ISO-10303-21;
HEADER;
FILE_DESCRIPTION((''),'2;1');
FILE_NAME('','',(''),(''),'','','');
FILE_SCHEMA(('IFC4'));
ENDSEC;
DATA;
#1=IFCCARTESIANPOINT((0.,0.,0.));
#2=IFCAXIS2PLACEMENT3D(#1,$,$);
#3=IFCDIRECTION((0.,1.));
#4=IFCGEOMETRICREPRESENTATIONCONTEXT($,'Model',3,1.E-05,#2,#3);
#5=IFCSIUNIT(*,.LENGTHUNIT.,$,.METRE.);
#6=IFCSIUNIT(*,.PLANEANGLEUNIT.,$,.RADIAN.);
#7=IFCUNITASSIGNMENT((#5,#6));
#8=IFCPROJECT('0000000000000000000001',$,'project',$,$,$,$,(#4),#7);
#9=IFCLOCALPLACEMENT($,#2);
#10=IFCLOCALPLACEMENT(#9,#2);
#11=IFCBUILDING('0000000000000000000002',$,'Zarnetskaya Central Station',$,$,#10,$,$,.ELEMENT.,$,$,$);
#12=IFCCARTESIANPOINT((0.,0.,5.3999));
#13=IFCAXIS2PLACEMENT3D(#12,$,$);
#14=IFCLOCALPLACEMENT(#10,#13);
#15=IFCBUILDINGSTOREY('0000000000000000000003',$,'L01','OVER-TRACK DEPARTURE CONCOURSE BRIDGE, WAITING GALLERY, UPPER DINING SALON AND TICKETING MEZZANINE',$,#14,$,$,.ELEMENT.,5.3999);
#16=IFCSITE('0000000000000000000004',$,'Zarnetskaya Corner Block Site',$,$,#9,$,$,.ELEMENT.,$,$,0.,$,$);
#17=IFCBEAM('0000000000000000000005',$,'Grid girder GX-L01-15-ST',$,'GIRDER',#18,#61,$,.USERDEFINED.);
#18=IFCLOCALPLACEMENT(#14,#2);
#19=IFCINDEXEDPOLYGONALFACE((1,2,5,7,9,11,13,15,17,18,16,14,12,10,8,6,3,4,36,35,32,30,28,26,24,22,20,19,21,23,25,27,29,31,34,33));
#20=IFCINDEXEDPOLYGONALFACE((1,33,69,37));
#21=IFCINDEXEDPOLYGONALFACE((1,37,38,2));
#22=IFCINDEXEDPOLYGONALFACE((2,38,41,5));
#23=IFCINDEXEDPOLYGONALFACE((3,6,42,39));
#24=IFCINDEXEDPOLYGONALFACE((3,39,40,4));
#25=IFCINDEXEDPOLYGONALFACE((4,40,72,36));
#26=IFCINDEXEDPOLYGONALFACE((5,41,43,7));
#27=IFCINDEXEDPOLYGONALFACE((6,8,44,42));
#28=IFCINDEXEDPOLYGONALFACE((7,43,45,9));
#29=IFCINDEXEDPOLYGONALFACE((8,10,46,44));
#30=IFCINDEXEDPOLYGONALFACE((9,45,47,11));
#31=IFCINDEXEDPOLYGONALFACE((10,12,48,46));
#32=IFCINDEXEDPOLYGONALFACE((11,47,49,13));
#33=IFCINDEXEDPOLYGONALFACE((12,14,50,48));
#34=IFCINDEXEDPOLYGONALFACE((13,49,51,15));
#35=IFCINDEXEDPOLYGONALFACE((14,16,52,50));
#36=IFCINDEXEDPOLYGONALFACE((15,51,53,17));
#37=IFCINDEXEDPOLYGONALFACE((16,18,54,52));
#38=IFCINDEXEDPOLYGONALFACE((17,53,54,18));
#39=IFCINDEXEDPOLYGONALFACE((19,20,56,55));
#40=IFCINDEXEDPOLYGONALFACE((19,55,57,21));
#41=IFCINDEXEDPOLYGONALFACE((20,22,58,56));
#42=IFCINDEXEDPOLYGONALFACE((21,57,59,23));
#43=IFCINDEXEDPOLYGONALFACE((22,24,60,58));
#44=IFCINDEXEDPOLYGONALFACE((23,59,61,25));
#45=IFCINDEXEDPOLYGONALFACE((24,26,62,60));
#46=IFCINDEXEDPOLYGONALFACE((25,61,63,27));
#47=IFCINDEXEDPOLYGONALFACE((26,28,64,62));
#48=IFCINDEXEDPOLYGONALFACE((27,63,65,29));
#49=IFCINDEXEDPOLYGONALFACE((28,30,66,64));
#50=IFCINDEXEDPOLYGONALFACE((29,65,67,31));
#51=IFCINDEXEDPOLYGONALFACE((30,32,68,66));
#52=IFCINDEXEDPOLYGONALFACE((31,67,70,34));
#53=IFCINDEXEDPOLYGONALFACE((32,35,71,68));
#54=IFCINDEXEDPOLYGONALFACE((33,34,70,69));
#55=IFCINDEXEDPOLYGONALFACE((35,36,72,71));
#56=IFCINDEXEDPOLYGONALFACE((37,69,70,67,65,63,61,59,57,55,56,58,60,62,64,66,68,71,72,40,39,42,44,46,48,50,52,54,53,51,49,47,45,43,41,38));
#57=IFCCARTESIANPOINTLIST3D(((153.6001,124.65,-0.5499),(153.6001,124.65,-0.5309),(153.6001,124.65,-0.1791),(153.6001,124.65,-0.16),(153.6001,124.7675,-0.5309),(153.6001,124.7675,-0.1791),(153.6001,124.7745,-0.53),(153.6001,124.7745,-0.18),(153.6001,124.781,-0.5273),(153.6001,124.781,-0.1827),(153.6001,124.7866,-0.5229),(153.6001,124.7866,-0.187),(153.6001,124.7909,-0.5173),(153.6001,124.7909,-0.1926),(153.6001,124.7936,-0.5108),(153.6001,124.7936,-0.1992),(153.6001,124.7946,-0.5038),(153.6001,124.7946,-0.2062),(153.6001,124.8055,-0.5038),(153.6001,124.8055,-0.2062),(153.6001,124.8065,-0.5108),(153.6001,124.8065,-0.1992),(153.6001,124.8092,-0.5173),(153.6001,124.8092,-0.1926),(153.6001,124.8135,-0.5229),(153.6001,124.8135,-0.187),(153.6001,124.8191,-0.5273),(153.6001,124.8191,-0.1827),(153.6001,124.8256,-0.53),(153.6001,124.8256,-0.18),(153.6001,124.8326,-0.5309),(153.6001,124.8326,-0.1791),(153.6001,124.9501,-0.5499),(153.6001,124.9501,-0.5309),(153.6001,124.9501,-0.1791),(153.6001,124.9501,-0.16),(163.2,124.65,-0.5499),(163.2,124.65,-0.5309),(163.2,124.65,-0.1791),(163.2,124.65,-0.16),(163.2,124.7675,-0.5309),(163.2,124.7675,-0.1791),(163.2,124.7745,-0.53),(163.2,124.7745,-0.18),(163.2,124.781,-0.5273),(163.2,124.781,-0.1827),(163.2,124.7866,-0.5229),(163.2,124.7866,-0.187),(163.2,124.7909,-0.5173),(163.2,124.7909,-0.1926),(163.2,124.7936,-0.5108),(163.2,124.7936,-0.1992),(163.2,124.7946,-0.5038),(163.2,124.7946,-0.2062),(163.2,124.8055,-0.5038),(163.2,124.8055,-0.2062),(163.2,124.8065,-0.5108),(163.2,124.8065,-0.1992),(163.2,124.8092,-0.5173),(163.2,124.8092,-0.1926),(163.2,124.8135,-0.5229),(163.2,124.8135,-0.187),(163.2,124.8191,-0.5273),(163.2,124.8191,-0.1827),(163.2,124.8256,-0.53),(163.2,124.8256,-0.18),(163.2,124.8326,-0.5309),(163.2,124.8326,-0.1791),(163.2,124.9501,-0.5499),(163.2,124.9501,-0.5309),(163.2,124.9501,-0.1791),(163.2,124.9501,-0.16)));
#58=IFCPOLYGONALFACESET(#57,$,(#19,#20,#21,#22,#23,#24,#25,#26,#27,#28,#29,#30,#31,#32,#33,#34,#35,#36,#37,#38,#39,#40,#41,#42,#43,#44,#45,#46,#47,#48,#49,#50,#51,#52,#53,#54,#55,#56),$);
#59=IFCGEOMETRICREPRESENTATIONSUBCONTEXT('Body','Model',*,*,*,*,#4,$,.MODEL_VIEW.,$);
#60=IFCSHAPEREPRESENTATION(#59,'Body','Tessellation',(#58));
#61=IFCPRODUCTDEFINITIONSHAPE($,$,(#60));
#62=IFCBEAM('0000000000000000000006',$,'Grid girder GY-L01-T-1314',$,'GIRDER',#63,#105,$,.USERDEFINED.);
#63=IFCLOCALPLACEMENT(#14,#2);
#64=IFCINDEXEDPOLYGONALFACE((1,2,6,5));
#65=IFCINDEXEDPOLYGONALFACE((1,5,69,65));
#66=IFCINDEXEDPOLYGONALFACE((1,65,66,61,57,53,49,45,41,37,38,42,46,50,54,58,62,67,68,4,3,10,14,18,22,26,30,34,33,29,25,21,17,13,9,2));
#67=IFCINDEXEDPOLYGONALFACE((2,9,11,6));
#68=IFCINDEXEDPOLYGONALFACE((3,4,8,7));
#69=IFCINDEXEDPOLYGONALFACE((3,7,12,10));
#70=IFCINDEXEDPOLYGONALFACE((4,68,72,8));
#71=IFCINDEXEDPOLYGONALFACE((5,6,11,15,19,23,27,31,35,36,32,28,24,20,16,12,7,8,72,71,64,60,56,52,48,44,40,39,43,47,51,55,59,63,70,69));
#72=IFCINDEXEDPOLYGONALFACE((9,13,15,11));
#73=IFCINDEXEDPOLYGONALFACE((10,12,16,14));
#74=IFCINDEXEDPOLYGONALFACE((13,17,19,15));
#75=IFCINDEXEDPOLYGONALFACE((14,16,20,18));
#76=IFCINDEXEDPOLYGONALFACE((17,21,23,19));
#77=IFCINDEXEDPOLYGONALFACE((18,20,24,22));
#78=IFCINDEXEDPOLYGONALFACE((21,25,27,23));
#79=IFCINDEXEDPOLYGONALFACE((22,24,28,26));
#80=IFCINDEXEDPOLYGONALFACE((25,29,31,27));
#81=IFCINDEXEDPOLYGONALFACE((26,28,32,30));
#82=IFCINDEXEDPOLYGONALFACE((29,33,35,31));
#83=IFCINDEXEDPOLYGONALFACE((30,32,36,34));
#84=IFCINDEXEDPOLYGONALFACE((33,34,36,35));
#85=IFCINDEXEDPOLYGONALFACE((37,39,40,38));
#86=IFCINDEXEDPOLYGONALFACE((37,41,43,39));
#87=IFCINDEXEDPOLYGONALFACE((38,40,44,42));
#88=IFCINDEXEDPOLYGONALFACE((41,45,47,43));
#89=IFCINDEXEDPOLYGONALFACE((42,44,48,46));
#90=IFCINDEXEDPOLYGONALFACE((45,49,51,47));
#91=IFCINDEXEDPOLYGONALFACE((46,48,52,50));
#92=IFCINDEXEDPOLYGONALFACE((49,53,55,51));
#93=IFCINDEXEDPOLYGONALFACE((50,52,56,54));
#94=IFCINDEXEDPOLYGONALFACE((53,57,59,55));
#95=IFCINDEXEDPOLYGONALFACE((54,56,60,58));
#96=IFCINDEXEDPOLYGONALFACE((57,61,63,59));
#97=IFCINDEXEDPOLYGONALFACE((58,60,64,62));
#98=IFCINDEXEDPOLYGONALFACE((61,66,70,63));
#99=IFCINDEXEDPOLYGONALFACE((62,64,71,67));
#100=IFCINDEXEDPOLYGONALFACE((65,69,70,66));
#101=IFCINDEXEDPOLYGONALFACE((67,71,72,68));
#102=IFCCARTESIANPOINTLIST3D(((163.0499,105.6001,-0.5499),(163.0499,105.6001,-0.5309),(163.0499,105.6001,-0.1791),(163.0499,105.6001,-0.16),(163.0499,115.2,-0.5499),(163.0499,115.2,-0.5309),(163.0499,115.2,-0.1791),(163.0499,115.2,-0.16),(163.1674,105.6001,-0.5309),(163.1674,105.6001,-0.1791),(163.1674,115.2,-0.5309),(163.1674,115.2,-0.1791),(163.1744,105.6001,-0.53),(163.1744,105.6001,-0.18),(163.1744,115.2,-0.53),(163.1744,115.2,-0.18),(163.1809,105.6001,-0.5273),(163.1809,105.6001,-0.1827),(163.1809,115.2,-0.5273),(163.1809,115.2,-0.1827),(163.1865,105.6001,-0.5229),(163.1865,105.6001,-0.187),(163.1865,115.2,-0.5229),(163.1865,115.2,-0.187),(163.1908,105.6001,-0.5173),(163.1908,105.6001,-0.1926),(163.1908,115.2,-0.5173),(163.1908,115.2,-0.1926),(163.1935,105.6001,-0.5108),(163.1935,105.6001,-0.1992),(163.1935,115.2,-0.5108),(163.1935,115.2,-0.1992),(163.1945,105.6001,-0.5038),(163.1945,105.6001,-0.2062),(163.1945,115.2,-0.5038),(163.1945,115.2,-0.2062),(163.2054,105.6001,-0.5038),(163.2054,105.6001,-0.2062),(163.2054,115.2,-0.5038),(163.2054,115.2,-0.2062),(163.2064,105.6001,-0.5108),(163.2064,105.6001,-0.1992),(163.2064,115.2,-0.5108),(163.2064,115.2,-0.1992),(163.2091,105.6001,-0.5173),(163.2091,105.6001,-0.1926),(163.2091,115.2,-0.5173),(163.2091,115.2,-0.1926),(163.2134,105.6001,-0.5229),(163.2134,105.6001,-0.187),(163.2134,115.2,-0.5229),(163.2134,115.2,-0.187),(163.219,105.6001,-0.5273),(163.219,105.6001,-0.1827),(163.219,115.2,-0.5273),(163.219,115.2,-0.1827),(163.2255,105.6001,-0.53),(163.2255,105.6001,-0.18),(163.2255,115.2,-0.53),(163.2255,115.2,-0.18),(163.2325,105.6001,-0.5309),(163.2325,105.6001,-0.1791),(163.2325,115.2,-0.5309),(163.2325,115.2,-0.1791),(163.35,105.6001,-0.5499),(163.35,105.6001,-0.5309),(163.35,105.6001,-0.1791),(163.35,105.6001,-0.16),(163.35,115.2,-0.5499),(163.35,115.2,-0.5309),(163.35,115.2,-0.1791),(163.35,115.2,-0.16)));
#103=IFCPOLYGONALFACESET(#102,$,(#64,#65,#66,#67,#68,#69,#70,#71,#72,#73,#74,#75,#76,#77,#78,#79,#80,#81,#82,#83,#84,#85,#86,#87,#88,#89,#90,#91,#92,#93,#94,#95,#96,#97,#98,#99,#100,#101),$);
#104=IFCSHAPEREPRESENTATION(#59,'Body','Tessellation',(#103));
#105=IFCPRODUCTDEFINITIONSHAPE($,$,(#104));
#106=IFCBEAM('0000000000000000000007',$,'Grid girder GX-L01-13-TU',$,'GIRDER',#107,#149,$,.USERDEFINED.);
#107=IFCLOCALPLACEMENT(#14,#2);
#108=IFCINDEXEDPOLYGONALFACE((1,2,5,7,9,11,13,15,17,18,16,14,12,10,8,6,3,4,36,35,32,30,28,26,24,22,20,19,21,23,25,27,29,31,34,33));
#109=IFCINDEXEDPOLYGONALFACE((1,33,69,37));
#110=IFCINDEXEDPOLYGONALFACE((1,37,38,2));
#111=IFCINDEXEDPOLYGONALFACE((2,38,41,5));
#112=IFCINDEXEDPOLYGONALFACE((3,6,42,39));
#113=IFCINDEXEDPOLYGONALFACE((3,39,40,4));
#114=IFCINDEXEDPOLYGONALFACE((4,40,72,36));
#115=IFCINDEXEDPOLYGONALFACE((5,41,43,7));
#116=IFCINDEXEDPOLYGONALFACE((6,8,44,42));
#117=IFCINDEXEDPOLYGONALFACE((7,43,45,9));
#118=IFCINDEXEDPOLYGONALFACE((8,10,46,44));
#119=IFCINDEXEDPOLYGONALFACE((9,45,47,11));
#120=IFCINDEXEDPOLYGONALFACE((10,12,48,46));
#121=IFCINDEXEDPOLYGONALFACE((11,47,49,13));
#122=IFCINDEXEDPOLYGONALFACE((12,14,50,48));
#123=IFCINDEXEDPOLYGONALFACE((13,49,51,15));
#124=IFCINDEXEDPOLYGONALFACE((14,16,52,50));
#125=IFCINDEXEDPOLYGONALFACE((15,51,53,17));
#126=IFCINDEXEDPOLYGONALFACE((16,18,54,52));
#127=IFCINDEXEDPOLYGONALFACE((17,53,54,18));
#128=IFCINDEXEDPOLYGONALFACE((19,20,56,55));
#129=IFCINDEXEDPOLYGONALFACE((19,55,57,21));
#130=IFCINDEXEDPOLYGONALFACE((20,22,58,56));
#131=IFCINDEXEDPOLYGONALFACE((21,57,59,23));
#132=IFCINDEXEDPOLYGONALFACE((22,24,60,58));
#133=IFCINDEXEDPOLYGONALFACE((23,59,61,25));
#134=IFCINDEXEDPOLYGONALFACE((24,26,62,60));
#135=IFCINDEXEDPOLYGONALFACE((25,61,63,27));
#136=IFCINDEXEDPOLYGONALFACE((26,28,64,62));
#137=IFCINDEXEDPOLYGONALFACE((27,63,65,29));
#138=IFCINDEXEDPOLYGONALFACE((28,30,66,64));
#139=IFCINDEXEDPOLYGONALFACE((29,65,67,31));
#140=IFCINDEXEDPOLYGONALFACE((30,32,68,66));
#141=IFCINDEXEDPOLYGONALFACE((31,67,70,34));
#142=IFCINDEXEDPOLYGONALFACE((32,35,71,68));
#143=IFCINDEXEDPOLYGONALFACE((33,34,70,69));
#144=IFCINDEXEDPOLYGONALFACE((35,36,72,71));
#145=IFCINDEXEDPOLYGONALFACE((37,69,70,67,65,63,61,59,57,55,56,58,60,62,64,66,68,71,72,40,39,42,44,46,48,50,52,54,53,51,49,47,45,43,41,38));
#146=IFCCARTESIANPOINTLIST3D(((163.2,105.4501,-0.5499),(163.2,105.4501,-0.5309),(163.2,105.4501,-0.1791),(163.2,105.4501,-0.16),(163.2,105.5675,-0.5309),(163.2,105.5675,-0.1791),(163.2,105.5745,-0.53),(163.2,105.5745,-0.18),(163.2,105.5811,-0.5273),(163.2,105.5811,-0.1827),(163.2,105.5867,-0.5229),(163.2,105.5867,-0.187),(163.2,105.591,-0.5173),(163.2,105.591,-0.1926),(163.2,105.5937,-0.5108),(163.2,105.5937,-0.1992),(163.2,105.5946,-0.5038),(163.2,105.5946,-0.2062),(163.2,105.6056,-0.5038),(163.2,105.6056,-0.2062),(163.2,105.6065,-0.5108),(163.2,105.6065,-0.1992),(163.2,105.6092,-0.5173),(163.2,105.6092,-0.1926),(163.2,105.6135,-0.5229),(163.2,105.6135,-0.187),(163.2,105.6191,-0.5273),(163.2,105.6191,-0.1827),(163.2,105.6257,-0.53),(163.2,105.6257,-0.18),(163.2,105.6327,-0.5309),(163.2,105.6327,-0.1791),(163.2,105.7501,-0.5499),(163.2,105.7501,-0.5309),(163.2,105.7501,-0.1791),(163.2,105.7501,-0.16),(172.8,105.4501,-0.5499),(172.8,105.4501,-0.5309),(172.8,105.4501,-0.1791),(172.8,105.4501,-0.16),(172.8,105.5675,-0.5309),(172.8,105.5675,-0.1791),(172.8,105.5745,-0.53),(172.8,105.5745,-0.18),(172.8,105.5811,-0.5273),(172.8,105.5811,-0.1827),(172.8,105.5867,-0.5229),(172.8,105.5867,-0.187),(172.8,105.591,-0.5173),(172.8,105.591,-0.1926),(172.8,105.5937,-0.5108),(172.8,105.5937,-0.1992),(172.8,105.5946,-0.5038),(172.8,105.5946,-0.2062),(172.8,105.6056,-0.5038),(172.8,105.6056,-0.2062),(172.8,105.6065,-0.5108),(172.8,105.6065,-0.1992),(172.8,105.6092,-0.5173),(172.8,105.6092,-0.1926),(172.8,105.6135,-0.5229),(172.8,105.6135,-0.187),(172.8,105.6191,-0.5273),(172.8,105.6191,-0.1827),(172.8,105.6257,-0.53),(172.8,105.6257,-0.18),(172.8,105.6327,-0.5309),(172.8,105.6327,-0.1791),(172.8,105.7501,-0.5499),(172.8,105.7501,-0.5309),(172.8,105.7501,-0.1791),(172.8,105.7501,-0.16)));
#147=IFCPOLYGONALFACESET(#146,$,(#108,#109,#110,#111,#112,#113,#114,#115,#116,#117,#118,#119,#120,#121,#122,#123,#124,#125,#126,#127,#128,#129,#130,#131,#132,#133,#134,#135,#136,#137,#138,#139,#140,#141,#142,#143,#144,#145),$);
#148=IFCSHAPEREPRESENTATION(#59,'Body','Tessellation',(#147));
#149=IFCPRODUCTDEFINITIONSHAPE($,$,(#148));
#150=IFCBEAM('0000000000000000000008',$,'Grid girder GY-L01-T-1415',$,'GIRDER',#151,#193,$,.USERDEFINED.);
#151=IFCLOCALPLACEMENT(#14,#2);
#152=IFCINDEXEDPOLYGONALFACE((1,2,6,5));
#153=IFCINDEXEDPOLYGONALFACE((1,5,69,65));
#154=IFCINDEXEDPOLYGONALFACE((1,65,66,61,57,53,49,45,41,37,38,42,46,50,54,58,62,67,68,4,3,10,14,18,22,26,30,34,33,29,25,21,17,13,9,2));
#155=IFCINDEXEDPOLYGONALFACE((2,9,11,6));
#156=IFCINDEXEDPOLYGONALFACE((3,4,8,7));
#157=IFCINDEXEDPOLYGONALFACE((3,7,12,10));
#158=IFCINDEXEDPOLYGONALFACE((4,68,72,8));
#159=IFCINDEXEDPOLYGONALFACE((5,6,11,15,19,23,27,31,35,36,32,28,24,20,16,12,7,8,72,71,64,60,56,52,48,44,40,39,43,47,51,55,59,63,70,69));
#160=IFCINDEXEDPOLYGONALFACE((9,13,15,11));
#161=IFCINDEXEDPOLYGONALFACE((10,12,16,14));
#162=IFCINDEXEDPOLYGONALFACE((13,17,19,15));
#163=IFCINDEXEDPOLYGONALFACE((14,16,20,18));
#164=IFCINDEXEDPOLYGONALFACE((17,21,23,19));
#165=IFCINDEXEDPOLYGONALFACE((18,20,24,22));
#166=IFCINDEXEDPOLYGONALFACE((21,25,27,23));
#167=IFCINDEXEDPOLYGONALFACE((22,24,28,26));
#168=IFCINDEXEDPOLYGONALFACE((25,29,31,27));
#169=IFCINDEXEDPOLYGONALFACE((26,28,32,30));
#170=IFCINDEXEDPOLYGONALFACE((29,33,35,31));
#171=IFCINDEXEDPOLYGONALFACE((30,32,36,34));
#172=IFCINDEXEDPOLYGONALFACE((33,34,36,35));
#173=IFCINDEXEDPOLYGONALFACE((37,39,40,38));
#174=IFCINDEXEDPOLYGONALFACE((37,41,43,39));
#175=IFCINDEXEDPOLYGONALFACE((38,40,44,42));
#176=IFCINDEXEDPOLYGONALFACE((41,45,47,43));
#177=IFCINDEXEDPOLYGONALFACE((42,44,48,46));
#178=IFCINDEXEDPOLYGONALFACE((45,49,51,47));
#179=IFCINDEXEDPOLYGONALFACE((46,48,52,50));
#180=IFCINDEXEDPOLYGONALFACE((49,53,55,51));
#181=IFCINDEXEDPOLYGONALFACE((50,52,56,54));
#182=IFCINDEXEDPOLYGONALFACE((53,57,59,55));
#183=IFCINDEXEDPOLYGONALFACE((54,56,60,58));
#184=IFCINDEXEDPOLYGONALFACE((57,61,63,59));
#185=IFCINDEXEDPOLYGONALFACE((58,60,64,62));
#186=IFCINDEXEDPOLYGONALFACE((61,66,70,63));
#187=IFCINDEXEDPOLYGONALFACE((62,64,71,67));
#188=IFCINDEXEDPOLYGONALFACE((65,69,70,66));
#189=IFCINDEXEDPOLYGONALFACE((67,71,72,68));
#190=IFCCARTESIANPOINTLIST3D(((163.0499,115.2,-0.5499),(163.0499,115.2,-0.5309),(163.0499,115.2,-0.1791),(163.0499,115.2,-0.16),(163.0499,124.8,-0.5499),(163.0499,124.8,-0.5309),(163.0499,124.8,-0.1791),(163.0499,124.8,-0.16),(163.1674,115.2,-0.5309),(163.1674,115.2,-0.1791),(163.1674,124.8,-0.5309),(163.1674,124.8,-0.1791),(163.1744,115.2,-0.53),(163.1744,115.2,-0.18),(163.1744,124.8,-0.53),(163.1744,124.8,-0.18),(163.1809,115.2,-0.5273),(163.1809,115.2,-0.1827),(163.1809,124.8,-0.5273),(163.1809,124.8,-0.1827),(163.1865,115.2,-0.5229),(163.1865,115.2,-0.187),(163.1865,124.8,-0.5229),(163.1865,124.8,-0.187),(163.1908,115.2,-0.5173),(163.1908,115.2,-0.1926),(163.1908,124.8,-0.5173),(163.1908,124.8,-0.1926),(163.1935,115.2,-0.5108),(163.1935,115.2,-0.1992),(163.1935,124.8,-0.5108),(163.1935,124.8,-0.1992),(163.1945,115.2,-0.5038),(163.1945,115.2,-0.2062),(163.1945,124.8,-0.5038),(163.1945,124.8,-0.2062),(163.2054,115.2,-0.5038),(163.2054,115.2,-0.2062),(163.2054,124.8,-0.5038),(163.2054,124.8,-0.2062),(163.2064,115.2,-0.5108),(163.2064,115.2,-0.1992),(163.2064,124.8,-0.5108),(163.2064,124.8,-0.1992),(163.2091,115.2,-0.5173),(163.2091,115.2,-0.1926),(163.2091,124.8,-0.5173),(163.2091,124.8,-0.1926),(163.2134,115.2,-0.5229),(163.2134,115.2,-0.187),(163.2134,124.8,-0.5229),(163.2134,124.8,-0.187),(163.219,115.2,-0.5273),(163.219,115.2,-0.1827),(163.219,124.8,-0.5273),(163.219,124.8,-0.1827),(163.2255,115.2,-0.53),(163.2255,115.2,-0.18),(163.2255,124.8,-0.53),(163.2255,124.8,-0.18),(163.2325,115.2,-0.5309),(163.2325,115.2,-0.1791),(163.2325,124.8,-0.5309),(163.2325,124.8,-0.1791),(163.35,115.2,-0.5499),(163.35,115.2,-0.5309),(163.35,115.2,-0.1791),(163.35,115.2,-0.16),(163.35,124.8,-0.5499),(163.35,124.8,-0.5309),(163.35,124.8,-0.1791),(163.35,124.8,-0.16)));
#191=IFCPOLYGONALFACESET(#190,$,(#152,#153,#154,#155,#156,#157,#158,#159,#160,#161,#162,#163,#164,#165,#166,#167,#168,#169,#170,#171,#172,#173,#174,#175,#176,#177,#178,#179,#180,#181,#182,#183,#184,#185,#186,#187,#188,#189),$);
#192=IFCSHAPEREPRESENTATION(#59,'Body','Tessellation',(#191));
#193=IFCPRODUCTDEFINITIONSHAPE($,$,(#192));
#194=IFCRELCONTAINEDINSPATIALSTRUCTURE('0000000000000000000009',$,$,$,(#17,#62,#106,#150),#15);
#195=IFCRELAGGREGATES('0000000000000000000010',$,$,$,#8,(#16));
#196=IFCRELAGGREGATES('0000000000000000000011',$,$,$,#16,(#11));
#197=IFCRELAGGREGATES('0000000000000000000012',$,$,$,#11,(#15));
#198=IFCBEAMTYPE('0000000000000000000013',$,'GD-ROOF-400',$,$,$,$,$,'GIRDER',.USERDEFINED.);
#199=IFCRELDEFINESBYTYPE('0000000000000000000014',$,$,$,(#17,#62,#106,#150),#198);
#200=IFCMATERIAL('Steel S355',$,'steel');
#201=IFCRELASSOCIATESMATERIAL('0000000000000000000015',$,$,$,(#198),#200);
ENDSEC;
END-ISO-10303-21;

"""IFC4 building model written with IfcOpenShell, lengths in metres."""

from ifc_helpers import new_model, si_unit, direction, frame, origin, origin_2d, place, context, subcontext, project, spatial, i_section, extrude, material, material_profile, profile_set, type_object, element, save


model = new_model("IFC4")

# Units and contexts
model_context = context("Model", 3, precision=1e-05, world=origin(), true_north=direction((0.0, 1.0)))
body_context = subcontext(model_context, "Body", "Model", "MODEL_VIEW")
ifc_project = project(units=[si_unit("LENGTHUNIT", "METRE"), si_unit("PLANEANGLEUNIT", "RADIAN")], contexts=[model_context])

# Site, building, storey
site_placement = place(None, origin())
site = spatial("IfcSite", under=ifc_project, at=site_placement, Name="Zarnetskaya Corner Block Site", CompositionType="ELEMENT", RefElevation=0.0)
building_placement = place(site_placement, origin())
building = spatial("IfcBuilding", under=site, at=building_placement, Name="Zarnetskaya Central Station", CompositionType="ELEMENT")
storey_placement = place(building_placement, frame((0.0, 0.0, 5.3999)))
storey = spatial("IfcBuildingStorey", under=building, at=storey_placement, Name="L01", Description="OVER-TRACK DEPARTURE CONCOURSE BRIDGE, WAITING GALLERY, UPPER DINING SALON AND TICKETING MEZZANINE", CompositionType="ELEMENT", Elevation=5.3999)

# Beams
ifc_material = material(Name="Steel S355", Category="steel")
ifc_material_profile_1 = material_profile(ifc_material, i_section(OverallWidth=0.3, OverallDepth=0.3899, WebThickness=0.011, FlangeThickness=0.019, FilletRadius=0.0271, at=origin_2d()), Name="HEA 400")
ifc_profile_set_1 = profile_set([ifc_material_profile_1], Name="Steel S355")
beam_type_1 = type_object("IfcBeamType", Name="GD-ROOF-400", ElementType="GIRDER", PredefinedType="USERDEFINED", material=ifc_profile_set_1)
for number, where, z_axis, x_axis, name in (
    (1, (153.6001, 124.8, -0.355), (1.0, 0.0, 0.0), (0.0, 1.0, 0.0), "Grid girder GX-L01-15-ST"),
    (2, (163.2, 105.6001, -0.355), (0.0, 1.0, 0.0), (-1.0, 0.0, 0.0), "Grid girder GY-L01-T-1314"),
):
    element("IfcBeam", number, at=place(storey_placement, frame(where, z_axis=z_axis, x_axis=x_axis)), inside=storey, type_object=beam_type_1, Name=name, ObjectType="GIRDER", PredefinedType="USERDEFINED", context=body_context, shape_type="SweptSolid", body=[
        extrude(i_section(OverallWidth=0.3, OverallDepth=0.3899, WebThickness=0.011, FlangeThickness=0.019, FilletRadius=0.0271, at=origin_2d()), origin(), (0.0, 0.0, 1.0), 9.5999),
    ])
for number, where, z_axis, x_axis, name in (
    (3, (163.2, 105.6001, -0.355), (1.0, 0.0, 0.0), (0.0, 1.0, 0.0), "Grid girder GX-L01-13-TU"),
    (4, (163.2, 115.2, -0.355), (0.0, 1.0, 0.0), (-1.0, 0.0, 0.0), "Grid girder GY-L01-T-1415"),
):
    element("IfcBeam", number, at=place(storey_placement, frame(where, z_axis=z_axis, x_axis=x_axis)), inside=storey, type_object=beam_type_1, Name=name, ObjectType="GIRDER", PredefinedType="USERDEFINED", context=body_context, shape_type="SweptSolid", body=[
        extrude(i_section(OverallWidth=0.3, OverallDepth=0.3899, WebThickness=0.011, FlangeThickness=0.019, FilletRadius=0.0271, at=origin_2d()), origin(), (0.0, 0.0, 1.0), 9.6001),
    ])

save(model, "model.ifc")
